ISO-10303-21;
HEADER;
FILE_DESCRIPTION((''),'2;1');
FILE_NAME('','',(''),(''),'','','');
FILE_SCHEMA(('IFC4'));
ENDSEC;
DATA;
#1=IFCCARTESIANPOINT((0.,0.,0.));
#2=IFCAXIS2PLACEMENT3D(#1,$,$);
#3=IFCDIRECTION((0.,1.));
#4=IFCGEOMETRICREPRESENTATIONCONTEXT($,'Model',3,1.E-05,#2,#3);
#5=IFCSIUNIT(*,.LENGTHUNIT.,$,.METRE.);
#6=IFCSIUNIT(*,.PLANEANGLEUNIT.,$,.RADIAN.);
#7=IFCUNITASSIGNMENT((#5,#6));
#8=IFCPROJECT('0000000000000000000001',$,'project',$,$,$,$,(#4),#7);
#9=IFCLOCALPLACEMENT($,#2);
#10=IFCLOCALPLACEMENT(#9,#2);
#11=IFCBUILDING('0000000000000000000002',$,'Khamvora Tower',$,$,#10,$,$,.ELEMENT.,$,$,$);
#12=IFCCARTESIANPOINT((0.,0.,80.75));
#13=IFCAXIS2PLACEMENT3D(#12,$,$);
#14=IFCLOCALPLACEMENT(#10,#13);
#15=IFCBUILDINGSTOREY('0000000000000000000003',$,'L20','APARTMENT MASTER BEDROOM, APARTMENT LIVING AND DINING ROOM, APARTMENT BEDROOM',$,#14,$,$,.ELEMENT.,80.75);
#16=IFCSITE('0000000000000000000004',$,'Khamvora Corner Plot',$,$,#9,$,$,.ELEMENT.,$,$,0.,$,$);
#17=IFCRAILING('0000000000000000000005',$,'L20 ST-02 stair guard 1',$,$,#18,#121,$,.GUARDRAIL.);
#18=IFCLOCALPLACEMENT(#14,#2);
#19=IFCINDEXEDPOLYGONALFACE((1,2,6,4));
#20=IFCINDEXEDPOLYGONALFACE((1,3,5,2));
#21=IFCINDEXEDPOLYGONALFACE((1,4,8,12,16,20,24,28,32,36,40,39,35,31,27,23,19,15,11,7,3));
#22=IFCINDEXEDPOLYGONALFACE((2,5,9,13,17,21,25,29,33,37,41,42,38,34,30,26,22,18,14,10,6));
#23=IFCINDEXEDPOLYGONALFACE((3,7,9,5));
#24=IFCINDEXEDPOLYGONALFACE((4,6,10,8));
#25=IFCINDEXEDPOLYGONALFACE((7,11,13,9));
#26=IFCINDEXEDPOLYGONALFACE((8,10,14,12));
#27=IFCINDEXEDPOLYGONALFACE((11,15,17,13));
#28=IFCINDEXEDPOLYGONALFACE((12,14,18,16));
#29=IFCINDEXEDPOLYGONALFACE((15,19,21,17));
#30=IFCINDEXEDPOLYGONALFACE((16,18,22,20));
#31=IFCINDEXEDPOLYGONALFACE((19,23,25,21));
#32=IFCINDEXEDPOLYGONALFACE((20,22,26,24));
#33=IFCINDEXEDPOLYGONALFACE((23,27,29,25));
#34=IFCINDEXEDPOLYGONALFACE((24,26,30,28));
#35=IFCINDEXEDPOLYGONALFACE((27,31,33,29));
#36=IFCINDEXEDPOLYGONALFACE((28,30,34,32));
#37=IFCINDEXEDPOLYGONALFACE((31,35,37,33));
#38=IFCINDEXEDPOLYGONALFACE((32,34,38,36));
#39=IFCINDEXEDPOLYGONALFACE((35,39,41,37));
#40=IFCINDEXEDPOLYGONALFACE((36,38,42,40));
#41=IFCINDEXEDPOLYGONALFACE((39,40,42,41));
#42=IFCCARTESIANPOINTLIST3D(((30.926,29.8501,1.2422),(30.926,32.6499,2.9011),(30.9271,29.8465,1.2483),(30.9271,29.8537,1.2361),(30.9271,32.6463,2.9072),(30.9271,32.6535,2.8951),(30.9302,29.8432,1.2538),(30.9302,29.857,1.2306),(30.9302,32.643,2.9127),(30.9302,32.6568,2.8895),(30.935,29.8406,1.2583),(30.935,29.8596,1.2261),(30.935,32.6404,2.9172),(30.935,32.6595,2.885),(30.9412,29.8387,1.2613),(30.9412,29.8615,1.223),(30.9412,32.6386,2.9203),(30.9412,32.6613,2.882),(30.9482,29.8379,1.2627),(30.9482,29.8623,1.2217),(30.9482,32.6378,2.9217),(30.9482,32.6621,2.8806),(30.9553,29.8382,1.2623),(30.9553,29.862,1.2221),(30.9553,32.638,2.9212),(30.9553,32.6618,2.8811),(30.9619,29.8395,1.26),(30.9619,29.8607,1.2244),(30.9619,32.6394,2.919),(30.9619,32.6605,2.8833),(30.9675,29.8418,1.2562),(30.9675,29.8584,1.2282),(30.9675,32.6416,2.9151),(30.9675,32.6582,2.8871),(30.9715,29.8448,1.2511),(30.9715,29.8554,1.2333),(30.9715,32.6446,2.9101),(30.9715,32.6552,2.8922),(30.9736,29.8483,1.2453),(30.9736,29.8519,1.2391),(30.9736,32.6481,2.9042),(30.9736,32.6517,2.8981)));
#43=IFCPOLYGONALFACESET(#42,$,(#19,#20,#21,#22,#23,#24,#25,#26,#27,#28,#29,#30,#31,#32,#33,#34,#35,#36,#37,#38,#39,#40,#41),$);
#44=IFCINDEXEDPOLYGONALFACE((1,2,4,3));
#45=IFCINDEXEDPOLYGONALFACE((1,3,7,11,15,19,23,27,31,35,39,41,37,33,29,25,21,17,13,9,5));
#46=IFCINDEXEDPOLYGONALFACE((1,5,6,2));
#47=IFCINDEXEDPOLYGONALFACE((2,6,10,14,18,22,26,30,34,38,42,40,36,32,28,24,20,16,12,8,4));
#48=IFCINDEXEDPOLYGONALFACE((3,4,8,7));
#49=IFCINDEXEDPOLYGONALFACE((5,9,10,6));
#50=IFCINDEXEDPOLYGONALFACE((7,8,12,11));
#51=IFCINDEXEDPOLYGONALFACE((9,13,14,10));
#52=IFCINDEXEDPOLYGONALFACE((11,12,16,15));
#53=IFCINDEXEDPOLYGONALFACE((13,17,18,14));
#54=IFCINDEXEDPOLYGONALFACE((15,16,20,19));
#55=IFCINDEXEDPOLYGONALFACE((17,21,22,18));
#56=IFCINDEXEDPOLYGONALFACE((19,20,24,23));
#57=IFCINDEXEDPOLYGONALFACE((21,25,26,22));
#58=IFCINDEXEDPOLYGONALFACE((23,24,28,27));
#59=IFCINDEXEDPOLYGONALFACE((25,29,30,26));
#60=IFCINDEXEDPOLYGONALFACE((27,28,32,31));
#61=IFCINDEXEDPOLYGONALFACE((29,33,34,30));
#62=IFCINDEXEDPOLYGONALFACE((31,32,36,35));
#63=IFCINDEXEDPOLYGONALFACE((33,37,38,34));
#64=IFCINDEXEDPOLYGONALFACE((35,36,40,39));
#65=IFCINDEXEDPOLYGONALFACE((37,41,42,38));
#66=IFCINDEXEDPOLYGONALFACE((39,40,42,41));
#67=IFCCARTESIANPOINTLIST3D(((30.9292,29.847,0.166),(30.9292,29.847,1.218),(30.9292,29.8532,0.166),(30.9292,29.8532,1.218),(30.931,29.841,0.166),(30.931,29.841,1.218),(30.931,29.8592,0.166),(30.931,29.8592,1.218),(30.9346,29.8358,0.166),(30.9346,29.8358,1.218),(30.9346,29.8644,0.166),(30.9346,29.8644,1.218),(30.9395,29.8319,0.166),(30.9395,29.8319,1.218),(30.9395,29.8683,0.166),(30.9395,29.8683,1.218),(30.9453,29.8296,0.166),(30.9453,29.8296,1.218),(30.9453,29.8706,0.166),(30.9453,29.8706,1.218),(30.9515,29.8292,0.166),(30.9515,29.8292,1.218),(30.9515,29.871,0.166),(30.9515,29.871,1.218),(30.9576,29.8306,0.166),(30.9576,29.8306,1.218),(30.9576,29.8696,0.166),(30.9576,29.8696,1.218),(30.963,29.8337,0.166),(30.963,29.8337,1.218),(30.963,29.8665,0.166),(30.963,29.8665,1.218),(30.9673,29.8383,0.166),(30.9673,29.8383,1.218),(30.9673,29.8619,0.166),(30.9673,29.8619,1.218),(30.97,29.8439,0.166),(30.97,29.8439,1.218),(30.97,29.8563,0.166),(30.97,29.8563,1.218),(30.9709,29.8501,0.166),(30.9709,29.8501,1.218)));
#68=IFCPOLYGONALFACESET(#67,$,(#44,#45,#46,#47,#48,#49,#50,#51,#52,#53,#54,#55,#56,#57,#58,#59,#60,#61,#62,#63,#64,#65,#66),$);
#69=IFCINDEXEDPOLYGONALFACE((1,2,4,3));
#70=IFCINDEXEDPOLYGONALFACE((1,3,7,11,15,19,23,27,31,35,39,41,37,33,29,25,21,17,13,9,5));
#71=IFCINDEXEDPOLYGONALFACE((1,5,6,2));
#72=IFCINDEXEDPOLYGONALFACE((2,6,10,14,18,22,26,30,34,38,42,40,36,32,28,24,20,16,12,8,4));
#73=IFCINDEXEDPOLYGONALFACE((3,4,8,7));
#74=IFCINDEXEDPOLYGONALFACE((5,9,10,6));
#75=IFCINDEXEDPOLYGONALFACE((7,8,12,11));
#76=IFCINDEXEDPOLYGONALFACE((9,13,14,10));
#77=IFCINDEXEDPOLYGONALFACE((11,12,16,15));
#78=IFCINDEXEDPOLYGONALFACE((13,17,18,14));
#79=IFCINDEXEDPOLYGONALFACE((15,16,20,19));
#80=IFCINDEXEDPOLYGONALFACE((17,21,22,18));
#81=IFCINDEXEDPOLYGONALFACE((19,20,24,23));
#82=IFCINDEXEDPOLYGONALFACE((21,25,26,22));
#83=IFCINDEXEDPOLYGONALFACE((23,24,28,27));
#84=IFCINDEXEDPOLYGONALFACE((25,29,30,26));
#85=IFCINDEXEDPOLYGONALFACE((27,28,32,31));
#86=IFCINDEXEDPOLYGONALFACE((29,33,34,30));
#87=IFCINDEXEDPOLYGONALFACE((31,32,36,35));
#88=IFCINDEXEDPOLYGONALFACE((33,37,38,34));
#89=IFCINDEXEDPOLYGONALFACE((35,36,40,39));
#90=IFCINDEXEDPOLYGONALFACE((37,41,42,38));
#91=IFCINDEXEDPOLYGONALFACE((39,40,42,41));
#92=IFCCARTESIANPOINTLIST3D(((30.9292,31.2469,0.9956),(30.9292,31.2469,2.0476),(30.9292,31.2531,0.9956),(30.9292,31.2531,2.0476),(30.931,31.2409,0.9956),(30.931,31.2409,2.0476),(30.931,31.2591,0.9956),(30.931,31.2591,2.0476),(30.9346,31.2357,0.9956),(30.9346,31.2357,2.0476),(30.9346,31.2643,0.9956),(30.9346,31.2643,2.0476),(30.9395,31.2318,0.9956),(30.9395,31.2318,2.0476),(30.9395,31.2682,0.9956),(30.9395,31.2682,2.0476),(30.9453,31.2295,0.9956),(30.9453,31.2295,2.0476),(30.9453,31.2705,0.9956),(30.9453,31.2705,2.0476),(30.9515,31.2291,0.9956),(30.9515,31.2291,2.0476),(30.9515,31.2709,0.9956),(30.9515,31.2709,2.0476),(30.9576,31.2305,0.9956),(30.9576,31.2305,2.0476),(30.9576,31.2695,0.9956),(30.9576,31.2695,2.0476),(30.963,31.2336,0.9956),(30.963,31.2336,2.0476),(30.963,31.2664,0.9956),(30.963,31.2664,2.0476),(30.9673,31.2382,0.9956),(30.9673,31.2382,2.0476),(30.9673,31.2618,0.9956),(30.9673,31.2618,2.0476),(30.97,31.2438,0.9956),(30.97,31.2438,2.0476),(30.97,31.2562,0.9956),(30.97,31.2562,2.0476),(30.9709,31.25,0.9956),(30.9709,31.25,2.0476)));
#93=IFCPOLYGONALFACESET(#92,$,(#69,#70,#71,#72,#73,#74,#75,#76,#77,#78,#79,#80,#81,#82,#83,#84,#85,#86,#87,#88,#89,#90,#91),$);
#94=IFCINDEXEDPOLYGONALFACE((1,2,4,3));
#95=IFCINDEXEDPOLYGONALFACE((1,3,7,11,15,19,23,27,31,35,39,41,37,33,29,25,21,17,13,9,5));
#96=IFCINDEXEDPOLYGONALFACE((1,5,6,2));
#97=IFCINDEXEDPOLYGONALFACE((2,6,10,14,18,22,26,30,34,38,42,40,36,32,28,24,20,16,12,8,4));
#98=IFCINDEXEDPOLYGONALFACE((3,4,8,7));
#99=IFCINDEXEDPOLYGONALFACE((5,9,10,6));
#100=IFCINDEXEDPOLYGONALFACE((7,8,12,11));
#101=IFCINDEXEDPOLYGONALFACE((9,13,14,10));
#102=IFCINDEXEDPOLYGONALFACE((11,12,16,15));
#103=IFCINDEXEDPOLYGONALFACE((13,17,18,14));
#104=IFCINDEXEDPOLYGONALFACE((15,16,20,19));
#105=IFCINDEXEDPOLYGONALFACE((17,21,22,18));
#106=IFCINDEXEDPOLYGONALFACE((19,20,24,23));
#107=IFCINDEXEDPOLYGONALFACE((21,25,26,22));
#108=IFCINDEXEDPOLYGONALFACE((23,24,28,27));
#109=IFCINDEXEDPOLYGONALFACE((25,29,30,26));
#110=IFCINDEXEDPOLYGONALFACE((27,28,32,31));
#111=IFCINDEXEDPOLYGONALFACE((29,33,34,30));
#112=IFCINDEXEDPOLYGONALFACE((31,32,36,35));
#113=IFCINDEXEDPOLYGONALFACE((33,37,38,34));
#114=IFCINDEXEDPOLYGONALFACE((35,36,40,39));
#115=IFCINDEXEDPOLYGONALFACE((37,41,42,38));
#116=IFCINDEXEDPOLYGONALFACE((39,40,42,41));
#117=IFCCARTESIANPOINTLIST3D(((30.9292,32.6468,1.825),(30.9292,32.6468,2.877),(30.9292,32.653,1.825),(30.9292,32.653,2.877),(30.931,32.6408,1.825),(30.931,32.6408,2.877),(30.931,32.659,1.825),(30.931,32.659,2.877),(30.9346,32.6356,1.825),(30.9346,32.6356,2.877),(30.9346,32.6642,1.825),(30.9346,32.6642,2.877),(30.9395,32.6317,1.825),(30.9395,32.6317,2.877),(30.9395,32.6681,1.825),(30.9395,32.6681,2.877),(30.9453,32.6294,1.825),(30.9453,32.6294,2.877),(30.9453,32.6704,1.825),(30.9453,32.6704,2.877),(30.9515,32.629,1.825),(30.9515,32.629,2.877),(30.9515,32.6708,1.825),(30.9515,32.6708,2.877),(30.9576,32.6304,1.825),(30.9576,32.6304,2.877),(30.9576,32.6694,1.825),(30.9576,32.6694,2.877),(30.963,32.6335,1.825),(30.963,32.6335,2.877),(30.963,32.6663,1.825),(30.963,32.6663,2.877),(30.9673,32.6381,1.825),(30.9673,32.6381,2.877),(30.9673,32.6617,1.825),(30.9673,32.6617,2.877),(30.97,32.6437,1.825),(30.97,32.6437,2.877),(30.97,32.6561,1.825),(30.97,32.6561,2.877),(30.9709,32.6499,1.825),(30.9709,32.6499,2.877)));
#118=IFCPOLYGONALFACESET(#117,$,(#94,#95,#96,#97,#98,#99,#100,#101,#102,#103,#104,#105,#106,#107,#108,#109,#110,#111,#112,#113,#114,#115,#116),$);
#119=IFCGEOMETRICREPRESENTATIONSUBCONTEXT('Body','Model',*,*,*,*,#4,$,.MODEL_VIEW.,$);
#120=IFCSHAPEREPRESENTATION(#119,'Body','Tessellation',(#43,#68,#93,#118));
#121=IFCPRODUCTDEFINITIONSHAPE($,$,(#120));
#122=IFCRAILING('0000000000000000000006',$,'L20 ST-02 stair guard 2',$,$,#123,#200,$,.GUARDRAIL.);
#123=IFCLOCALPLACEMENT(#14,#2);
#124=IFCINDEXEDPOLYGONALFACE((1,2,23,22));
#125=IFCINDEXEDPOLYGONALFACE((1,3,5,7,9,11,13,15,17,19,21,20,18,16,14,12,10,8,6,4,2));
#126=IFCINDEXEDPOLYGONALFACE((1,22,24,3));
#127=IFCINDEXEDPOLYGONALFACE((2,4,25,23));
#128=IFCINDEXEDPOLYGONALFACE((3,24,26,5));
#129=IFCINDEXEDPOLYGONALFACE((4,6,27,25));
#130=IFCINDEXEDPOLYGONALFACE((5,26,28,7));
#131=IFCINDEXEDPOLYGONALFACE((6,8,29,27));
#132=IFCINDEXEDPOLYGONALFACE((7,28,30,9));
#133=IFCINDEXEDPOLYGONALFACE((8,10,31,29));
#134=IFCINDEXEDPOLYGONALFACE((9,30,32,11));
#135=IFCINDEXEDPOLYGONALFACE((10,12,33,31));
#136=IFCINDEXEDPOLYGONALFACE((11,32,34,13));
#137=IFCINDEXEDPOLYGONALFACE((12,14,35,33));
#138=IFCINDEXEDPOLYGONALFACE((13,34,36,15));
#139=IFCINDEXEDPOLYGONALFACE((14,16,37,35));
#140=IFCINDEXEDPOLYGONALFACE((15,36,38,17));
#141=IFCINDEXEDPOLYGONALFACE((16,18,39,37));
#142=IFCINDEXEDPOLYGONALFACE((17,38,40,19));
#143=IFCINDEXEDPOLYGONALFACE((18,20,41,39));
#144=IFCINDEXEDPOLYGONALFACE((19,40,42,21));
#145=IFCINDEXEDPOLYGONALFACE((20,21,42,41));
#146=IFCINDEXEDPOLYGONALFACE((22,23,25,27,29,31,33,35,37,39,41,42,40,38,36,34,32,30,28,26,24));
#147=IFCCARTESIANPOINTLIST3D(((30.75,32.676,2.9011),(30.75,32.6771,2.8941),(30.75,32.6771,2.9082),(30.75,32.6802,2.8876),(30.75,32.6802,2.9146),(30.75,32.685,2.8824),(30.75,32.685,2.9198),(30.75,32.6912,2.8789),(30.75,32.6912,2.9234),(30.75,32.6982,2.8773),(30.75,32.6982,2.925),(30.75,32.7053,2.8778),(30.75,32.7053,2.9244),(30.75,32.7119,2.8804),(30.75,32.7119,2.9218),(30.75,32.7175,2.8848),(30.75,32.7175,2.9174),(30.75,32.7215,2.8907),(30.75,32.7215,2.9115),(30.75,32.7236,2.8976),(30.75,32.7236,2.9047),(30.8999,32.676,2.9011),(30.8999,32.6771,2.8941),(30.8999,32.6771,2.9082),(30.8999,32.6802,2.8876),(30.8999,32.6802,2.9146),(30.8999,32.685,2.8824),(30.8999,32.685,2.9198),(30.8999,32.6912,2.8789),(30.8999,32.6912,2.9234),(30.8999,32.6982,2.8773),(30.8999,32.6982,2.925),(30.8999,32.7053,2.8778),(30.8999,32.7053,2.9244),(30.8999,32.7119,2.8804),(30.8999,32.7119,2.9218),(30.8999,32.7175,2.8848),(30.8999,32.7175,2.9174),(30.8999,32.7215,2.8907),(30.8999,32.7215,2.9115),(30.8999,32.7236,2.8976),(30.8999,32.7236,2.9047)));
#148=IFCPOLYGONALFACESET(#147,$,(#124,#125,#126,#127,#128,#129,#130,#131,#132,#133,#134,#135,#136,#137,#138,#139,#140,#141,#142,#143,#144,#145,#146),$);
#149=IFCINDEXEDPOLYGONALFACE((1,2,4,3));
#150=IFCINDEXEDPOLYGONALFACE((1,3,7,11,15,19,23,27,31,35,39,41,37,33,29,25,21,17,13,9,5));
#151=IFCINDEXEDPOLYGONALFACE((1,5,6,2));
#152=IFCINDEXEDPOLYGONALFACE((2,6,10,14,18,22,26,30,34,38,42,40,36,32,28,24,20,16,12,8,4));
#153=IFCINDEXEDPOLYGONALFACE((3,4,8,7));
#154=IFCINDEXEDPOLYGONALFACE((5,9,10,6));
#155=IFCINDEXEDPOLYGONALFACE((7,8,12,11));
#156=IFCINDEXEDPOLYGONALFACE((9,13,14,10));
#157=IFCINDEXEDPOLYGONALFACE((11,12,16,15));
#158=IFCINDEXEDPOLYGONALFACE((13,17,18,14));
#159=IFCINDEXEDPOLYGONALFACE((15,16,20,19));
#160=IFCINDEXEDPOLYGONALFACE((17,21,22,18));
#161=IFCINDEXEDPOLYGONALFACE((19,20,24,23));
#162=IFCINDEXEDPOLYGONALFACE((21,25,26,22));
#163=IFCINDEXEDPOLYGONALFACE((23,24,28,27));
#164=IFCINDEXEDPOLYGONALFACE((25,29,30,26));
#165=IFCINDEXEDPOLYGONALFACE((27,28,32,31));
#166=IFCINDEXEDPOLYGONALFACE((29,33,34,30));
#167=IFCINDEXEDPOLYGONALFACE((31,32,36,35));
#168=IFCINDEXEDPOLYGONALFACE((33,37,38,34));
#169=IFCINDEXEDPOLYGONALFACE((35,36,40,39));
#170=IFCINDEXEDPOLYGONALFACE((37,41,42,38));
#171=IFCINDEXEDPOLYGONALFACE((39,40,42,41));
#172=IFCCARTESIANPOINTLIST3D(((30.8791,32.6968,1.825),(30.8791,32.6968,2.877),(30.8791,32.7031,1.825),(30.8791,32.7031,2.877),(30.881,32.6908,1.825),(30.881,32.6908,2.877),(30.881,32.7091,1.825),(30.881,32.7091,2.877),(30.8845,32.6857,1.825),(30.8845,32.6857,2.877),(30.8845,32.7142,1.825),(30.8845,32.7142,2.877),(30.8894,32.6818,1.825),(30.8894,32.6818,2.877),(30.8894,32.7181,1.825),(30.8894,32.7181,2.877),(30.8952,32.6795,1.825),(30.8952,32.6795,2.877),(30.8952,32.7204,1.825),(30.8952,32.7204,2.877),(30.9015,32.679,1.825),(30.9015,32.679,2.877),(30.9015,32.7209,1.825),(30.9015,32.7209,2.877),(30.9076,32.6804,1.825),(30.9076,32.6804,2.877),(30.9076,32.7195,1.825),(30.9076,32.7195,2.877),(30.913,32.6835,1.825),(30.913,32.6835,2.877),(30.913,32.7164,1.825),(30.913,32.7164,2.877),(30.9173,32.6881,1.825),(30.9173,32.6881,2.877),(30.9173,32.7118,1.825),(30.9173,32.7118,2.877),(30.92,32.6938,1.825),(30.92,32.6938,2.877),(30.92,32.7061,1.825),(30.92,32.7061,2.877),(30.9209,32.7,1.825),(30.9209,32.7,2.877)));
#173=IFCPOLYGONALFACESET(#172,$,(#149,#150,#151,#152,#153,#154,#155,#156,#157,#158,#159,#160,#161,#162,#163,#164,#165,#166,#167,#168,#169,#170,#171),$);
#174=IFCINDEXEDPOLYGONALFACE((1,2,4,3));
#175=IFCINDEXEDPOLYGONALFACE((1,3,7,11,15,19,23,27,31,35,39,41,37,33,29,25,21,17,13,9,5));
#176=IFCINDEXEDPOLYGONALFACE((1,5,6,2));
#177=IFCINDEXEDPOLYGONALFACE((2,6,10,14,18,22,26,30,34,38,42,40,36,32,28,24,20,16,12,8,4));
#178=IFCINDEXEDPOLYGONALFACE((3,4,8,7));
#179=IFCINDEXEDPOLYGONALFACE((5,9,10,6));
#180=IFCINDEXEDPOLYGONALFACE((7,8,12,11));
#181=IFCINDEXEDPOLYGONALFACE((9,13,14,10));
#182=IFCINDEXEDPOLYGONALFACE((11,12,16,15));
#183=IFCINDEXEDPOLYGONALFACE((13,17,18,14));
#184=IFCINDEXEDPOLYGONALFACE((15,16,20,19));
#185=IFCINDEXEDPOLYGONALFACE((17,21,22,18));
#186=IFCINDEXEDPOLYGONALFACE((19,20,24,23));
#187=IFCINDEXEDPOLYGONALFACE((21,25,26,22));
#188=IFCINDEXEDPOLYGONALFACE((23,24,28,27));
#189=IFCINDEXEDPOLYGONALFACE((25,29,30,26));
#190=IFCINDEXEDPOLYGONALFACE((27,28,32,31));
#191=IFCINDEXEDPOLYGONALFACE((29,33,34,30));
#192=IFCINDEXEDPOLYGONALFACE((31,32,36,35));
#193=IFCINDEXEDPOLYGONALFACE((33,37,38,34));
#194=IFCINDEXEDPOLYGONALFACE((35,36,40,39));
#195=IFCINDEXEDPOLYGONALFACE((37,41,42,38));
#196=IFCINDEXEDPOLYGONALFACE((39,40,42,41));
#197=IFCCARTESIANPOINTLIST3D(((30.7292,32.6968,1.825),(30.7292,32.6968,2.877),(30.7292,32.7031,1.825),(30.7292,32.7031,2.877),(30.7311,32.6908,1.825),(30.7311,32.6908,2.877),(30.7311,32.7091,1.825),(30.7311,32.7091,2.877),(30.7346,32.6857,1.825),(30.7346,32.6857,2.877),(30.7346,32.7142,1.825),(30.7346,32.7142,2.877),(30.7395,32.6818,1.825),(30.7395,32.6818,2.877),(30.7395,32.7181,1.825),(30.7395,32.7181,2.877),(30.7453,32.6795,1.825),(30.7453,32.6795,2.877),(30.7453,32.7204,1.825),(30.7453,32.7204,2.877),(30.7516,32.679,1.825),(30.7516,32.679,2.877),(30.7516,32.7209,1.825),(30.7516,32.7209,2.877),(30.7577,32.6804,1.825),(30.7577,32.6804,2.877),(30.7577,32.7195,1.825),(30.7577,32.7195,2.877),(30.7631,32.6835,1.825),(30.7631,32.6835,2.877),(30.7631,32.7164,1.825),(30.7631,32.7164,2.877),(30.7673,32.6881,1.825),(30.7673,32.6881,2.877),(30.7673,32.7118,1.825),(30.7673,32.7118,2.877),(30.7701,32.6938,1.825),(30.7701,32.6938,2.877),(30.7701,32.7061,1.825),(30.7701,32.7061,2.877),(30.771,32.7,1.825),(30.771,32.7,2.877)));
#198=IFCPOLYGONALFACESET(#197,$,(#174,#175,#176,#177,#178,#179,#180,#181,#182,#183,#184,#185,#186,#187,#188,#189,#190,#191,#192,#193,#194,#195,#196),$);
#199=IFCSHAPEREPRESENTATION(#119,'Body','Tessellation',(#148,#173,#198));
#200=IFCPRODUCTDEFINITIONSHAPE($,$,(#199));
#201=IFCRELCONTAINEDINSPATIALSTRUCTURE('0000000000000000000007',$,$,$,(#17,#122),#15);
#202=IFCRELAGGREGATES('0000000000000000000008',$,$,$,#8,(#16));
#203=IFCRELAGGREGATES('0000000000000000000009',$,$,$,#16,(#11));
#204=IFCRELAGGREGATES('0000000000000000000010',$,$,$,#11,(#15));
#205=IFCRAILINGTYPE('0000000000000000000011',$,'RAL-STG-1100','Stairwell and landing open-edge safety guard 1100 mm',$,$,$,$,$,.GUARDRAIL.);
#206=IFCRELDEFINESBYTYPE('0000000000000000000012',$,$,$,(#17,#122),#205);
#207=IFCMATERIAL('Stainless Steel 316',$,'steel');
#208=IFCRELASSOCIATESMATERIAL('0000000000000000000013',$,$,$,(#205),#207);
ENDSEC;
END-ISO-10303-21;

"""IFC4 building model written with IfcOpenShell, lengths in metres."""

from ifc_helpers import new_model, si_unit, direction, frame, origin, origin_2d, place, context, subcontext, project, spatial, circle, extrude, material, type_object, element, save


model = new_model("IFC4")

# Units and contexts
model_context = context("Model", 3, precision=1e-05, world=origin(), true_north=direction((0.0, 1.0)))
body_context = subcontext(model_context, "Body", "Model", "MODEL_VIEW")
ifc_project = project(units=[si_unit("LENGTHUNIT", "METRE"), si_unit("PLANEANGLEUNIT", "RADIAN")], contexts=[model_context])

# Site, building, storey
site_placement = place(None, origin())
site = spatial("IfcSite", under=ifc_project, at=site_placement, Name="Khamvora Corner Plot", CompositionType="ELEMENT", RefElevation=0.0)
building_placement = place(site_placement, origin())
building = spatial("IfcBuilding", under=site, at=building_placement, Name="Khamvora Tower", CompositionType="ELEMENT")
storey_placement = place(building_placement, frame((0.0, 0.0, 80.75)))
storey = spatial("IfcBuildingStorey", under=building, at=storey_placement, Name="L20", Description="APARTMENT MASTER BEDROOM, APARTMENT LIVING AND DINING ROOM, APARTMENT BEDROOM", CompositionType="ELEMENT", Elevation=80.75)

# Railings
ifc_material_1 = material(Name="Stainless Steel 316", Category="steel")
railing_type_1 = type_object("IfcRailingType", Name="RAL-STG-1100", Description="Stairwell and landing open-edge safety guard 1100 mm", PredefinedType="GUARDRAIL", material=ifc_material_1)
railing_1_placement = place(storey_placement, frame((30.95, 29.8501, 0.166)))
element("IfcRailing", 1, at=railing_1_placement, inside=storey, type_object=railing_type_1, Name="L20 ST-02 stair guard 1", PredefinedType="GUARDRAIL", context=body_context, shape_type="SweptSolid", body=[
    extrude(circle(Radius=0.0239, at=origin_2d()), frame((0.0, 0.0, 1.0762), z_axis=(0.0, 0.86032, 0.509755), x_axis=(-1.0, 0.0, 0.0)), (0.0, 0.0, 1.0), 3.2544),
    extrude(circle(Radius=0.021, at=origin_2d()), origin(), (0.0, 0.0, 1.0), 1.052),
    extrude(circle(Radius=0.021, at=origin_2d()), frame((0.0, 1.3999, 0.8296)), (0.0, 0.0, 1.0), 1.052),
    extrude(circle(Radius=0.021, at=origin_2d()), frame((0.0, 2.7998, 1.6589)), (0.0, 0.0, 1.0), 1.052),
])
railing_2_placement = place(storey_placement, frame((30.8999, 32.7, 1.825)))
element("IfcRailing", 2, at=railing_2_placement, inside=storey, type_object=railing_type_1, Name="L20 ST-02 stair guard 2", PredefinedType="GUARDRAIL", context=body_context, shape_type="SweptSolid", body=[
    extrude(circle(Radius=0.0239, at=origin_2d()), frame((0.0, 0.0, 1.0762), z_axis=(-1.0, 0.0, 0.0), x_axis=(0.0, -1.0, 0.0)), (0.0, 0.0, 1.0), 0.1499),
    extrude(circle(Radius=0.021, at=origin_2d()), origin(), (0.0, 0.0, 1.0), 1.052),
    extrude(circle(Radius=0.021, at=origin_2d()), frame((-0.1499, 0.0, 0.0)), (0.0, 0.0, 1.0), 1.052),
])

save(model, "model.ifc")
